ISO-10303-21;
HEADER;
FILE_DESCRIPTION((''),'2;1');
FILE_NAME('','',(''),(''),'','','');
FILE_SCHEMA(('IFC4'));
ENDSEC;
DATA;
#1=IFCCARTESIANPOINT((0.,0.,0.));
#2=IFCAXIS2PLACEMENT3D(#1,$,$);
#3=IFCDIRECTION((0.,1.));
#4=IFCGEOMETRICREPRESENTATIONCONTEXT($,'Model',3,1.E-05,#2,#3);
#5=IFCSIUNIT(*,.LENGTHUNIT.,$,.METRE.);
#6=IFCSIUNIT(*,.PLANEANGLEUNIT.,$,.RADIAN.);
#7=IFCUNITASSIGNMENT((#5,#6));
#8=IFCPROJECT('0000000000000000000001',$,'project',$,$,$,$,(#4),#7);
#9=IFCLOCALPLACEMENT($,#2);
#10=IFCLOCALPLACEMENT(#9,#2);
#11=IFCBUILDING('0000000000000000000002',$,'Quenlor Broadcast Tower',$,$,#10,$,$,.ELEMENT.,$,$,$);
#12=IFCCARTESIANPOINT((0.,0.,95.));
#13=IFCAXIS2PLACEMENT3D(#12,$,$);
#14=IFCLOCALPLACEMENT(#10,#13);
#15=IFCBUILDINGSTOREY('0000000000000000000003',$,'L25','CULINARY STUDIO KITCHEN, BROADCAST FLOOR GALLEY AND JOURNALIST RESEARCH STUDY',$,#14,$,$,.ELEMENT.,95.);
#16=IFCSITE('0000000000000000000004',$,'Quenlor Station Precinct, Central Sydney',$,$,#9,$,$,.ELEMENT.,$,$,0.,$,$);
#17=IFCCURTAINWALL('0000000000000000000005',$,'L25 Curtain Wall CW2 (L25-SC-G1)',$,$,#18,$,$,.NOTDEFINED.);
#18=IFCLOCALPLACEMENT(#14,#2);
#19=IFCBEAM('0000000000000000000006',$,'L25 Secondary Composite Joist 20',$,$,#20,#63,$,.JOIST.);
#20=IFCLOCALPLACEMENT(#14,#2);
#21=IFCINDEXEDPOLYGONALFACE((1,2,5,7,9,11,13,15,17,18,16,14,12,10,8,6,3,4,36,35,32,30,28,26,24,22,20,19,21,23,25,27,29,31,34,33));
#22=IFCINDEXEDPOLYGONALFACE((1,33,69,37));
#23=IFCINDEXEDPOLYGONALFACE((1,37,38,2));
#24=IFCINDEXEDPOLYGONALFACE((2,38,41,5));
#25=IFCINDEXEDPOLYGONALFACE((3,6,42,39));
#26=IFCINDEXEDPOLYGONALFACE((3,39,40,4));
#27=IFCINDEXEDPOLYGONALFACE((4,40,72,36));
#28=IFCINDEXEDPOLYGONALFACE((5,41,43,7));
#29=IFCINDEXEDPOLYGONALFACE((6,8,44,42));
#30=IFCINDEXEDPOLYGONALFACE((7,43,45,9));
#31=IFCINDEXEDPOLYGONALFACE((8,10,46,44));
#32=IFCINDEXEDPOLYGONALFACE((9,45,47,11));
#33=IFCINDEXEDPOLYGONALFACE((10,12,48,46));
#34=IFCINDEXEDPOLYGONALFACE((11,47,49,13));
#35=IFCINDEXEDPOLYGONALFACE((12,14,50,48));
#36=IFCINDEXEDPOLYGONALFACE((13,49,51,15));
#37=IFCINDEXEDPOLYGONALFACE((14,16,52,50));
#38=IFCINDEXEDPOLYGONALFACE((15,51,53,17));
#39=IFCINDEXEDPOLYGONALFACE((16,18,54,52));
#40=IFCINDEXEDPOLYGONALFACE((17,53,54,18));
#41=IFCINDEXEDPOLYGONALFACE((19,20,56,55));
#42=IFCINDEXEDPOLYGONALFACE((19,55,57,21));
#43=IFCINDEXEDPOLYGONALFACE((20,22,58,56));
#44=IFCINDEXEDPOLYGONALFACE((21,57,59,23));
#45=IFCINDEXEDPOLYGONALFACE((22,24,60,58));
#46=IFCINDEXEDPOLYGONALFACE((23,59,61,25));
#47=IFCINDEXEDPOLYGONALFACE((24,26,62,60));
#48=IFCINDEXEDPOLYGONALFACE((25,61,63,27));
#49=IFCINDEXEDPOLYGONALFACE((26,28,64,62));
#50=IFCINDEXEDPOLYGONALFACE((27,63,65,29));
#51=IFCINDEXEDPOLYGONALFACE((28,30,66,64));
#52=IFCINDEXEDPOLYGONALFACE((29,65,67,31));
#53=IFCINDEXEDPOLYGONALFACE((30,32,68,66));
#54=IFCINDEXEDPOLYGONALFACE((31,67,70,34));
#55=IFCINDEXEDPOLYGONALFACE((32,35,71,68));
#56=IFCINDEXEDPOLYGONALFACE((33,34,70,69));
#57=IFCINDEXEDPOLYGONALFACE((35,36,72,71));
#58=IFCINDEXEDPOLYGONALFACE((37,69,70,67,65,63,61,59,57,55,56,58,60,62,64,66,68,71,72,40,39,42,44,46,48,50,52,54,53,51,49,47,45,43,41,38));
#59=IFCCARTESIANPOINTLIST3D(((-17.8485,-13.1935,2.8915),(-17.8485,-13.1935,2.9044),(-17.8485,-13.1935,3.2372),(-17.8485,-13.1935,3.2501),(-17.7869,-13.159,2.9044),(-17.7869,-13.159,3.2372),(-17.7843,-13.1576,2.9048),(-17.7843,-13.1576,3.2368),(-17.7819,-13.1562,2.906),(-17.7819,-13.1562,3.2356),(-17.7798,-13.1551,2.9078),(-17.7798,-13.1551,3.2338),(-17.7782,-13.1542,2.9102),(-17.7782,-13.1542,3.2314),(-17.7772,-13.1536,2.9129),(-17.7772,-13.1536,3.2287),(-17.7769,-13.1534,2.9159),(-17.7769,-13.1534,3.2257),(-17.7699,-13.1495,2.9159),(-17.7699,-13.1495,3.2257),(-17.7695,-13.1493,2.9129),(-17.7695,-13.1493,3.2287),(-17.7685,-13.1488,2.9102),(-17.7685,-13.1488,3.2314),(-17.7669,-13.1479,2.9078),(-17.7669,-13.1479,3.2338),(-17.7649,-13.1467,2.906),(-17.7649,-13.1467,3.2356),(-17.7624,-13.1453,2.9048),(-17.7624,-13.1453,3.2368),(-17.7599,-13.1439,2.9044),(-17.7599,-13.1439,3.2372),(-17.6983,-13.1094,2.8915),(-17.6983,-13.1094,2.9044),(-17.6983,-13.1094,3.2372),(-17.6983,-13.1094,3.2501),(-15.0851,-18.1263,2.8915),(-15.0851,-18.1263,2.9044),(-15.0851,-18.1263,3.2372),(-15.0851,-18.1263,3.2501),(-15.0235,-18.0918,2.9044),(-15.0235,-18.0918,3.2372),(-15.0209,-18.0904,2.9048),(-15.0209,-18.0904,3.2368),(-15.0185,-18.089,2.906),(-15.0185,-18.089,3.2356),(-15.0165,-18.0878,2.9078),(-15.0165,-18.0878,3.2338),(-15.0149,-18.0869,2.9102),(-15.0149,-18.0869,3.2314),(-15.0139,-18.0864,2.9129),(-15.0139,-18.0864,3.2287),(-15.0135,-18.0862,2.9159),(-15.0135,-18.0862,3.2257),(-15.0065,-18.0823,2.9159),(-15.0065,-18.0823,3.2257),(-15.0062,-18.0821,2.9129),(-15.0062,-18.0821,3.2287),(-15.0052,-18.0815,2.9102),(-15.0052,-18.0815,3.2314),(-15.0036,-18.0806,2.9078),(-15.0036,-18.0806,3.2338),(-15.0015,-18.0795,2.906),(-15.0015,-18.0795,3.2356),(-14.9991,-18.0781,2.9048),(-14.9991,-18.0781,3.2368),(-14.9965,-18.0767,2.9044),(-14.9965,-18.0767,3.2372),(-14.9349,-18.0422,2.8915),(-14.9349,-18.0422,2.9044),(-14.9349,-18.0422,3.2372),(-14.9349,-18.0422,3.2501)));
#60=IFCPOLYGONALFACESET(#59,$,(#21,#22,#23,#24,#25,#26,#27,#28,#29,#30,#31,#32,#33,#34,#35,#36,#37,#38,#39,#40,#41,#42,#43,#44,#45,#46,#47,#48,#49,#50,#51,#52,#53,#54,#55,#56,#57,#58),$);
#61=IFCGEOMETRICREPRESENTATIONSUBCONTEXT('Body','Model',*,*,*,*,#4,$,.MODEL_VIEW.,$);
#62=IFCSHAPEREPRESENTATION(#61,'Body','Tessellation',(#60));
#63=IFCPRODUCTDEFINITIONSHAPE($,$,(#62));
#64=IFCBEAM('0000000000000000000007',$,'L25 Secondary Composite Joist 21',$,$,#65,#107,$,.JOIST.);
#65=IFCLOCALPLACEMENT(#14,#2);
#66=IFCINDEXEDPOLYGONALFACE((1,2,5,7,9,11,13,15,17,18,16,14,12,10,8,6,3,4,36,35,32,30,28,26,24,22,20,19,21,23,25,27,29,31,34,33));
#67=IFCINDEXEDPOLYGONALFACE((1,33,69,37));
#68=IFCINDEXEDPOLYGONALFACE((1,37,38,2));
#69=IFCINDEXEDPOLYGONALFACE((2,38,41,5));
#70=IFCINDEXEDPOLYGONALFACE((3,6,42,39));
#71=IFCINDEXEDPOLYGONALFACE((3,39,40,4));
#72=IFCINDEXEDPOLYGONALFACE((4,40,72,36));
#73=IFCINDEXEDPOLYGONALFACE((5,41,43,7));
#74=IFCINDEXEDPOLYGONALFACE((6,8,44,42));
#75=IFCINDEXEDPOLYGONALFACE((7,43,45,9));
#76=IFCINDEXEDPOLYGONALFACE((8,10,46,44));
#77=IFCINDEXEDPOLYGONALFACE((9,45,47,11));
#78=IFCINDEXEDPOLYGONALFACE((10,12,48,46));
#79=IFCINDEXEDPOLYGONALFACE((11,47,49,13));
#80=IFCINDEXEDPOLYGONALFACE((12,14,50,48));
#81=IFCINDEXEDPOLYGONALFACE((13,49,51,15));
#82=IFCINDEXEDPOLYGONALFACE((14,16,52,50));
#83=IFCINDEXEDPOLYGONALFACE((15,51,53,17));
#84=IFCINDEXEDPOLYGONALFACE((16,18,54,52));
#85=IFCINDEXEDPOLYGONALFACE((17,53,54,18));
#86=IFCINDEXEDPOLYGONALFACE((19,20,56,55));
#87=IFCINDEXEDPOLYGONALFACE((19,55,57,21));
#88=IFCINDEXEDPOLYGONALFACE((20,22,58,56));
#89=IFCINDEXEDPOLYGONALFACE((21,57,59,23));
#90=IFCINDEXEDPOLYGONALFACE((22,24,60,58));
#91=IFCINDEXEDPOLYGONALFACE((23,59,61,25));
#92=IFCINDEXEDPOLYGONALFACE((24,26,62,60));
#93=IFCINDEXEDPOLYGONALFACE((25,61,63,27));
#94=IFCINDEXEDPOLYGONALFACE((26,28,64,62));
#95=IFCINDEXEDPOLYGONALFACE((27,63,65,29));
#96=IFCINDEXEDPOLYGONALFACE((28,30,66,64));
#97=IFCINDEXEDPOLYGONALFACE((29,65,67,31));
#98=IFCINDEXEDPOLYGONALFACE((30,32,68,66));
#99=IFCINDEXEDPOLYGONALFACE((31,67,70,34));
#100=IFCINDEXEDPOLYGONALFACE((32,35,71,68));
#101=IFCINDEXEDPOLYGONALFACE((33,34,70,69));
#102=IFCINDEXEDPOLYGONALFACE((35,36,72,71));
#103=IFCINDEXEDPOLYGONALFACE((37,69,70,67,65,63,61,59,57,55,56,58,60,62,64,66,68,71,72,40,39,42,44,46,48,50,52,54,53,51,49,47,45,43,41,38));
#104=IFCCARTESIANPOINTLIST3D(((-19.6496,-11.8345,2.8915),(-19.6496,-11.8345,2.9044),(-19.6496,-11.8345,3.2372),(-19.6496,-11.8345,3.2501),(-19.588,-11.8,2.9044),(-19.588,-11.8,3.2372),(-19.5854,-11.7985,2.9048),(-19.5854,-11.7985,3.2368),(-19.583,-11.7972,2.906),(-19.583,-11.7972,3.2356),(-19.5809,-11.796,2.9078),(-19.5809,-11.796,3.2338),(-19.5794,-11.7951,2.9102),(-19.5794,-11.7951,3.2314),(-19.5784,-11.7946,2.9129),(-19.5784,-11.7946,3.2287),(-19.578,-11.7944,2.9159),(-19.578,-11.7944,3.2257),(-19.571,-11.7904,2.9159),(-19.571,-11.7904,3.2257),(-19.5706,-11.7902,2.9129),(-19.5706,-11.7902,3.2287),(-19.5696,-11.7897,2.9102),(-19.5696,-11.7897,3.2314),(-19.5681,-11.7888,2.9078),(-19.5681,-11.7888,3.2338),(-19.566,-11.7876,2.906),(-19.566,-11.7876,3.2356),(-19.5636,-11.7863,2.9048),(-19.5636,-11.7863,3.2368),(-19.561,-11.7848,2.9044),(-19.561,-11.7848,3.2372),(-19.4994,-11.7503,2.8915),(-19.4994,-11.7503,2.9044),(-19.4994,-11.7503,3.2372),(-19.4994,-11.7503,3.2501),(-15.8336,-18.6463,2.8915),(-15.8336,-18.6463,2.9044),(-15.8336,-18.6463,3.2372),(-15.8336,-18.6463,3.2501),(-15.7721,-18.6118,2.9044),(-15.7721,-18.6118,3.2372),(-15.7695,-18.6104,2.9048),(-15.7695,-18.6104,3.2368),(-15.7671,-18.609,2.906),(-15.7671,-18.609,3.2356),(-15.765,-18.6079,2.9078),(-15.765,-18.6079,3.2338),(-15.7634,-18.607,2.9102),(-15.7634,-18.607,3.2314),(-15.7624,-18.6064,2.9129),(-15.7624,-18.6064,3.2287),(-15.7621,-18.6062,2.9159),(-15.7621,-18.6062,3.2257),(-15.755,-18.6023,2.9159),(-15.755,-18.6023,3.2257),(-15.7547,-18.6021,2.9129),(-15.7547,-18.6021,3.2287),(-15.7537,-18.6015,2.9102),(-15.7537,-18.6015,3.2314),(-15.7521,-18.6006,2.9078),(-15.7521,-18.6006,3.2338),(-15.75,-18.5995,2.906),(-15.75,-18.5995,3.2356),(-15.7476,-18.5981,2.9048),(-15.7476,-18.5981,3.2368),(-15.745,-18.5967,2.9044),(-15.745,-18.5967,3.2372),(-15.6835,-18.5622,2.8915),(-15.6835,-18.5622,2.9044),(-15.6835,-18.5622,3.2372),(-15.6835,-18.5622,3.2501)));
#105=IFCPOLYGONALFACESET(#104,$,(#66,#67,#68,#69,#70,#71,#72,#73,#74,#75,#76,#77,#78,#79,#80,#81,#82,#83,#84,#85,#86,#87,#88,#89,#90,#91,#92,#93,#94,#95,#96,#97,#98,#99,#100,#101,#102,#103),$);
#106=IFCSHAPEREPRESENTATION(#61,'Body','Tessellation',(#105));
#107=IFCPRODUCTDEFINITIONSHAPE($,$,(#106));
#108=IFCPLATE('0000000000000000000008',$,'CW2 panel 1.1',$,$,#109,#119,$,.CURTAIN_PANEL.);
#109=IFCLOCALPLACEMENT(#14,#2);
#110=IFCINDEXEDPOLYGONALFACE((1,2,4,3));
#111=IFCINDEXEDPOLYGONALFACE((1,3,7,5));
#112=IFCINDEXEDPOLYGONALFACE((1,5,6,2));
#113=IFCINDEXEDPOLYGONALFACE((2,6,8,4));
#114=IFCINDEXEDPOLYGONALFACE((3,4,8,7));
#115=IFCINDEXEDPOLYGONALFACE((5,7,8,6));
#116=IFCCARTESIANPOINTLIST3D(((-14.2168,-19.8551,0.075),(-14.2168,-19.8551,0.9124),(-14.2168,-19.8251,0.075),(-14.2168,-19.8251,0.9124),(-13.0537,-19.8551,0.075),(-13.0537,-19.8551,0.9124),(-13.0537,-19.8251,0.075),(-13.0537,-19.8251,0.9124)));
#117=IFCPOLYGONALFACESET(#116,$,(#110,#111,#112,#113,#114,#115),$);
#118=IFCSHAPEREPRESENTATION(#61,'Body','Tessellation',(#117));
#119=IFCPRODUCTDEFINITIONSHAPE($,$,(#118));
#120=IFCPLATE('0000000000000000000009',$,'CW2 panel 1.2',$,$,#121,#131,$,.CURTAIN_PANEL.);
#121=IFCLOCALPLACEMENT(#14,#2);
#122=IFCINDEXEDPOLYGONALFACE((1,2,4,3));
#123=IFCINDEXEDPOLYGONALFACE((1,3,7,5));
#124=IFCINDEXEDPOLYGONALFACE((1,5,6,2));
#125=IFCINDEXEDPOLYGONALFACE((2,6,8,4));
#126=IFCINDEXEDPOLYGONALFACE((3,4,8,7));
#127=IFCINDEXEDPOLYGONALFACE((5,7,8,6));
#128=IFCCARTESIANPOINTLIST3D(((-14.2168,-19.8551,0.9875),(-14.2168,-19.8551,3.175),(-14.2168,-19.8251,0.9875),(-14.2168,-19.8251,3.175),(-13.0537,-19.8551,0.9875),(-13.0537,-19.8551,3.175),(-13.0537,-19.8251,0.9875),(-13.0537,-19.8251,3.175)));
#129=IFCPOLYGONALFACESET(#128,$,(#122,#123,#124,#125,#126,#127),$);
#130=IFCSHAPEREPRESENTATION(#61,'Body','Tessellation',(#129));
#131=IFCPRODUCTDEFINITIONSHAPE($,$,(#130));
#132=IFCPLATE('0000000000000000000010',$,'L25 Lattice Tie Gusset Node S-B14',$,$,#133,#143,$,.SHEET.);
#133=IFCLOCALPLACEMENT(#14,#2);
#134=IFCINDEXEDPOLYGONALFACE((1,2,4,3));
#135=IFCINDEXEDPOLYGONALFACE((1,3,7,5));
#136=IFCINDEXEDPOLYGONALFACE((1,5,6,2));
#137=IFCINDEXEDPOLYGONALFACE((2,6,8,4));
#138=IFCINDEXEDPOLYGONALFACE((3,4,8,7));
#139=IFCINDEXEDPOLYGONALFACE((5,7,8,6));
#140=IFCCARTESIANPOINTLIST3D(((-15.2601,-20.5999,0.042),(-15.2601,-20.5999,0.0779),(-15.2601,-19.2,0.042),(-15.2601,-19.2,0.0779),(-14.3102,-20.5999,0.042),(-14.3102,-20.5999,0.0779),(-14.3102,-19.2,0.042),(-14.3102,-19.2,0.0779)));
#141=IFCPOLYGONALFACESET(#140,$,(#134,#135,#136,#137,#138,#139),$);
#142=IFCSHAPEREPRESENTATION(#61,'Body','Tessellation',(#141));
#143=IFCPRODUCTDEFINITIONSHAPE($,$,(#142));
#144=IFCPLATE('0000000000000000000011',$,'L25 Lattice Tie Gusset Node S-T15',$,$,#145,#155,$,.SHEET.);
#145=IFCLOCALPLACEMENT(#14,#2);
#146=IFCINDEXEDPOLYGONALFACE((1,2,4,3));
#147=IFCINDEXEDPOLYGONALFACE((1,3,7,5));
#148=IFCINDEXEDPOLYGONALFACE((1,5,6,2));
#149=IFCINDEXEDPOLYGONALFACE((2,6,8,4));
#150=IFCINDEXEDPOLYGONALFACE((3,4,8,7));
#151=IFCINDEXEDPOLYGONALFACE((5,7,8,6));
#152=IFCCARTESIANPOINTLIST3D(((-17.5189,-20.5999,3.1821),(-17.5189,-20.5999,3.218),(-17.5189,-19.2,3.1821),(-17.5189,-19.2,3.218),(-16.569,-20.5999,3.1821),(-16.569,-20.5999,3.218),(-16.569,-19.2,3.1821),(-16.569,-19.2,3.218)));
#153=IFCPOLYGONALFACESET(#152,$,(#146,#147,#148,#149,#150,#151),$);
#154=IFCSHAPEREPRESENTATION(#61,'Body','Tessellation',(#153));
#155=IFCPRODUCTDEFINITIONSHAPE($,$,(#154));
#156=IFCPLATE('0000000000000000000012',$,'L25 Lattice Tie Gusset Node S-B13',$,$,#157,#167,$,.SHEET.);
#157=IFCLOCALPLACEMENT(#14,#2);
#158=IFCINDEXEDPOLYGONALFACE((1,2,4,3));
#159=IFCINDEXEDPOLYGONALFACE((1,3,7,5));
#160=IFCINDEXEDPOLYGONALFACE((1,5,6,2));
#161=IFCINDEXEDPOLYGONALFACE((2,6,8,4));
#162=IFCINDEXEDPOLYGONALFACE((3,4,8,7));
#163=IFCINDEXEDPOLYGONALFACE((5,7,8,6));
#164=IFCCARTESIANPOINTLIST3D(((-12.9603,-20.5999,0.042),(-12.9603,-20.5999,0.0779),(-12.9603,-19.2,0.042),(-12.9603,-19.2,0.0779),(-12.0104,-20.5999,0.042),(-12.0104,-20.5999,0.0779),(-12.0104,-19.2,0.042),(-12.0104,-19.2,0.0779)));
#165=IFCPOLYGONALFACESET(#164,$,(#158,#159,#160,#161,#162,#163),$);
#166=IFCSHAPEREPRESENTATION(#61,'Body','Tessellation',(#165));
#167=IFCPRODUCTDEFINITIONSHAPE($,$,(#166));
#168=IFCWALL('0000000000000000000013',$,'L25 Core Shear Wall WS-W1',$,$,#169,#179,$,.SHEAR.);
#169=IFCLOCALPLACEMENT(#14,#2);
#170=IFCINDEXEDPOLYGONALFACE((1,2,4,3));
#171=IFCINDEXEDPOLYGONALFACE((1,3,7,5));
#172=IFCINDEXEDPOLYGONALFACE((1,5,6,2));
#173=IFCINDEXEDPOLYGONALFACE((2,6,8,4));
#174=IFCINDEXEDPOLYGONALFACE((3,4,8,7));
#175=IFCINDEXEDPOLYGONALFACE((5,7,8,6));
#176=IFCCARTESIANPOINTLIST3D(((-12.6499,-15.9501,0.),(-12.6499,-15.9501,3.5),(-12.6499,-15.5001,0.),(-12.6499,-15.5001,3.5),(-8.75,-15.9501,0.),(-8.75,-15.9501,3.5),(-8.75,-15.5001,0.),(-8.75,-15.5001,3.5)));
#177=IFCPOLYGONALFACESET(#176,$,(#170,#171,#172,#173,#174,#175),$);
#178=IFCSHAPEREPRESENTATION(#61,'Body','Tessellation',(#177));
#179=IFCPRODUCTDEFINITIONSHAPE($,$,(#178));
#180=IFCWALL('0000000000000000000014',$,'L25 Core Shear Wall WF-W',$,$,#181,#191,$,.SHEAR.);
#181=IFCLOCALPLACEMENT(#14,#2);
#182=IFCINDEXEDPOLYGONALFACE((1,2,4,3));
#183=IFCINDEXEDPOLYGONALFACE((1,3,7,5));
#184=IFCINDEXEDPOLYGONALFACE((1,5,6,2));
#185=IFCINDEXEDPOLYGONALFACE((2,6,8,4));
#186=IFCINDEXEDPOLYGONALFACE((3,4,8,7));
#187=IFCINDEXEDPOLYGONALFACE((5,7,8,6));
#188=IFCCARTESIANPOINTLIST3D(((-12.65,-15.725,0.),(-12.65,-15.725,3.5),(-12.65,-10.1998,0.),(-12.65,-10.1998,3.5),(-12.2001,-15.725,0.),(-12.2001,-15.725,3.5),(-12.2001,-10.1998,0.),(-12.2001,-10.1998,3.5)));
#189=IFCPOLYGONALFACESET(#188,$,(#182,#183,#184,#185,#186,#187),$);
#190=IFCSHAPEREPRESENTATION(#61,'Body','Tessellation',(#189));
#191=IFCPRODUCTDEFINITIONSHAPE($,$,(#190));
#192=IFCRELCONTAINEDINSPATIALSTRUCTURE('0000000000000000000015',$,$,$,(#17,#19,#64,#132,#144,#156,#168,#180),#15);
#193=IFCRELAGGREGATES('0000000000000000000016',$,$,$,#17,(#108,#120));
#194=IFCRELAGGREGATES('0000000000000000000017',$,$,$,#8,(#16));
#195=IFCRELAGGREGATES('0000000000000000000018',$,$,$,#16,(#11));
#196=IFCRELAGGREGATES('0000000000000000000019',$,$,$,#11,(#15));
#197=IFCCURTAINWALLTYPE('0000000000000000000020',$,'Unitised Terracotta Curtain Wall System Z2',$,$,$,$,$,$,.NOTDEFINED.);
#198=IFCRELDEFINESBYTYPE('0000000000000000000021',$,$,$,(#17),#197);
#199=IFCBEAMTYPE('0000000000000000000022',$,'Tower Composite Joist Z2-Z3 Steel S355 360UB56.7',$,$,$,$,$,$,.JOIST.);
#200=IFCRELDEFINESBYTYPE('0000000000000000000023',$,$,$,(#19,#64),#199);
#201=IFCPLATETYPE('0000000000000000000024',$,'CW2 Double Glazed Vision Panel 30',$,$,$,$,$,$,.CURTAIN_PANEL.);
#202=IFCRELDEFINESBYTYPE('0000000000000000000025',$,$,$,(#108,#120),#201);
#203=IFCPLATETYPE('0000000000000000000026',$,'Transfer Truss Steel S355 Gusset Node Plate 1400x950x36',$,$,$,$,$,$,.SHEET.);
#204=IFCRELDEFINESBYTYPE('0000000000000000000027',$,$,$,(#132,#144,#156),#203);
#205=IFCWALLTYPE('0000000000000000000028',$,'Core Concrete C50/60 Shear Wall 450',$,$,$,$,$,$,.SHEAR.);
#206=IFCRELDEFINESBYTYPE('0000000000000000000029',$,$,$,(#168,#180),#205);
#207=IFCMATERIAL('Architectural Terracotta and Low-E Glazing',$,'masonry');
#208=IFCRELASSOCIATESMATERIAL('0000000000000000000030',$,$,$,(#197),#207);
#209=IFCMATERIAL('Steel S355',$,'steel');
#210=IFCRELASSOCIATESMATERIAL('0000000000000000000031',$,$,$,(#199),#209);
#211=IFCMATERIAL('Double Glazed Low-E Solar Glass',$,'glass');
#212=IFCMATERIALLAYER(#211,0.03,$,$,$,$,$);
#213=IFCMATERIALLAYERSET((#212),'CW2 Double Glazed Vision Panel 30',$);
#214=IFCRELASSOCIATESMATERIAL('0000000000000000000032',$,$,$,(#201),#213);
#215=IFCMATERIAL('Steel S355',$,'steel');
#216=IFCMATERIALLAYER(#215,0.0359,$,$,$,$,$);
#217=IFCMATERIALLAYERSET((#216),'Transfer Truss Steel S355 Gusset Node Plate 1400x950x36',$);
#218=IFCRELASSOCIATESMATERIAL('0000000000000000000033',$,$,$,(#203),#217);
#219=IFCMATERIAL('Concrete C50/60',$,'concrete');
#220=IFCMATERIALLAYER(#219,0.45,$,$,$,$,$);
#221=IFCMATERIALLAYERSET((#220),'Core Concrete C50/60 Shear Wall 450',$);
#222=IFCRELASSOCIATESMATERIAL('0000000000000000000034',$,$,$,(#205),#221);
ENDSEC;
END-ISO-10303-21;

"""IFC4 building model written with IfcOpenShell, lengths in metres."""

from ifc_helpers import new_model, si_unit, direction, frame, frame_2d, origin, origin_2d, place, context, subcontext, project, spatial, rectangle, i_section, extrude, material, layer, layer_set, material_profile, profile_set, type_object, element, aggregate, save


model = new_model("IFC4")

# Units and contexts
model_context = context("Model", 3, precision=1e-05, world=origin(), true_north=direction((0.0, 1.0)))
body_context = subcontext(model_context, "Body", "Model", "MODEL_VIEW")
ifc_project = project(units=[si_unit("LENGTHUNIT", "METRE"), si_unit("PLANEANGLEUNIT", "RADIAN")], contexts=[model_context])

# Site, building, storey
site_placement = place(None, origin())
site = spatial("IfcSite", under=ifc_project, at=site_placement, Name="Quenlor Station Precinct, Central Sydney", CompositionType="ELEMENT", RefElevation=0.0)
building_placement = place(site_placement, origin())
building = spatial("IfcBuilding", under=site, at=building_placement, Name="Quenlor Broadcast Tower", CompositionType="ELEMENT")
storey_placement = place(building_placement, frame((0.0, 0.0, 95.0)))
storey = spatial("IfcBuildingStorey", under=building, at=storey_placement, Name="L25", Description="CULINARY STUDIO KITCHEN, BROADCAST FLOOR GALLEY AND JOURNALIST RESEARCH STUDY", CompositionType="ELEMENT", Elevation=95.0)

# Curtain wall
ifc_material_1 = material(Name="Architectural Terracotta and Low-E Glazing", Category="masonry")
curtain_wall_type = type_object("IfcCurtainWallType", Name="Unitised Terracotta Curtain Wall System Z2", PredefinedType="NOTDEFINED", material=ifc_material_1)
curtain_wall_placement = place(storey_placement, origin())
curtain_wall = element("IfcCurtainWall", 1, at=curtain_wall_placement, inside=storey, type_object=curtain_wall_type, Name="L25 Curtain Wall CW2 (L25-SC-G1)", PredefinedType="NOTDEFINED")

# Beams
ifc_material_2 = material(Name="Steel S355", Category="steel")
ifc_material_profile_1 = material_profile(ifc_material_2, i_section(OverallWidth=0.1721, OverallDepth=0.3586, WebThickness=0.0081, FlangeThickness=0.0129, FilletRadius=0.0115, at=origin_2d()))
ifc_profile_set_1 = profile_set([ifc_material_profile_1], Name="Steel S355 360UB56.7")
beam_type_1 = type_object("IfcBeamType", Name="Tower Composite Joist Z2-Z3 Steel S355 360UB56.7", PredefinedType="JOIST", material=ifc_profile_set_1)
beam_1_placement = place(storey_placement, frame((-15.01, -18.0842, 3.0708), z_axis=(-0.488741, 0.872429, 0.0), x_axis=(-0.872429, -0.488741, 0.0)))
element("IfcBeam", 2, at=beam_1_placement, inside=storey, type_object=beam_type_1, Name="L25 Secondary Composite Joist 20", PredefinedType="JOIST", context=body_context, shape_type="SweptSolid", body=[
    extrude(i_section(OverallWidth=0.1721, OverallDepth=0.3586, WebThickness=0.0081, FlangeThickness=0.0129, FilletRadius=0.0115, at=origin_2d()), origin(), (0.0, 0.0, 1.0), 5.6541),
])
beam_2_placement = place(storey_placement, frame((-15.7585, -18.6042, 3.0708), z_axis=(-0.488733, 0.872433, 0.0), x_axis=(-0.872433, -0.488733, 0.0)))
element("IfcBeam", 3, at=beam_2_placement, inside=storey, type_object=beam_type_1, Name="L25 Secondary Composite Joist 21", PredefinedType="JOIST", context=body_context, shape_type="SweptSolid", body=[
    extrude(i_section(OverallWidth=0.1721, OverallDepth=0.3586, WebThickness=0.0081, FlangeThickness=0.0129, FilletRadius=0.0115, at=origin_2d()), origin(), (0.0, 0.0, 1.0), 7.8079),
])

# Plates
ifc_material_3 = material(Name="Double Glazed Low-E Solar Glass", Category="glass")
ifc_layer_1 = layer(ifc_material_3, 0.03)
ifc_layer_set_1 = layer_set([ifc_layer_1], Name="CW2 Double Glazed Vision Panel 30")
plate_type_1 = type_object("IfcPlateType", Name="CW2 Double Glazed Vision Panel 30", PredefinedType="CURTAIN_PANEL", material=ifc_layer_set_1)
plate_1_placement = place(storey_placement, frame((-13.6353, -19.8401, 0.075), z_axis=(0.0, 0.0, 1.0), x_axis=(-1.0, 0.0, 0.0)))
plate_1 = element("IfcPlate", 4, at=plate_1_placement, type_object=plate_type_1, Name="CW2 panel 1.1", PredefinedType="CURTAIN_PANEL", context=body_context, shape_type="SweptSolid", body=[
    extrude(rectangle(XDim=1.1631, YDim=0.03, at=origin_2d()), origin(), (0.0, 0.0, 1.0), 0.8374),
])
plate_2_placement = place(storey_placement, frame((-13.6353, -19.8401, 0.9875), z_axis=(0.0, 0.0, 1.0), x_axis=(-1.0, 0.0, 0.0)))
plate_2 = element("IfcPlate", 5, at=plate_2_placement, type_object=plate_type_1, Name="CW2 panel 1.2", PredefinedType="CURTAIN_PANEL", context=body_context, shape_type="SweptSolid", body=[
    extrude(rectangle(XDim=1.1631, YDim=0.03, at=origin_2d()), origin(), (0.0, 0.0, 1.0), 2.1875),
])
aggregate(curtain_wall, [plate_1, plate_2])

# Plates
ifc_material_4 = material(Name="Steel S355", Category="steel")
ifc_layer_2 = layer(ifc_material_4, 0.0359)
ifc_layer_set_2 = layer_set([ifc_layer_2], Name="Transfer Truss Steel S355 Gusset Node Plate 1400x950x36")
plate_type_2 = type_object("IfcPlateType", Name="Transfer Truss Steel S355 Gusset Node Plate 1400x950x36", PredefinedType="SHEET", material=ifc_layer_set_2)
for number, where, z_axis, x_axis, name in (
    (6, (-14.7852, -19.8999, 0.042), (0.0, 0.0, 1.0), (0.0, -1.0, 0.0), "L25 Lattice Tie Gusset Node S-B14"),
    (7, (-17.0439, -19.8999, 3.1821), (0.0, 0.0, 1.0), (0.0, -1.0, 0.0), "L25 Lattice Tie Gusset Node S-T15"),
    (8, (-12.4854, -19.8999, 0.042), (0.0, 0.0, 1.0), (0.0, -1.0, 0.0), "L25 Lattice Tie Gusset Node S-B13"),
):
    element("IfcPlate", number, at=place(storey_placement, frame(where, z_axis=z_axis, x_axis=x_axis)), inside=storey, type_object=plate_type_2, Name=name, PredefinedType="SHEET", context=body_context, shape_type="SweptSolid", body=[
        extrude(rectangle(XDim=1.3999, YDim=0.95, at=origin_2d()), origin(), (0.0, 0.0, 1.0), 0.0359),
    ])

# Walls
ifc_material_5 = material(Name="Concrete C50/60", Category="concrete")
ifc_layer_3 = layer(ifc_material_5, 0.45)
ifc_layer_set_3 = layer_set([ifc_layer_3], Name="Core Concrete C50/60 Shear Wall 450")
wall_type_1 = type_object("IfcWallType", Name="Core Concrete C50/60 Shear Wall 450", PredefinedType="SHEAR", material=ifc_layer_set_3)
wall_1_placement = place(storey_placement, frame((-12.6499, -15.7251, 0.0), z_axis=(0.0, 0.0, 1.0), x_axis=(1.0, 0.0, 0.0)))
element("IfcWall", 9, at=wall_1_placement, inside=storey, type_object=wall_type_1, Name="L25 Core Shear Wall WS-W1", PredefinedType="SHEAR", context=body_context, shape_type="SweptSolid", body=[
    extrude(rectangle(XDim=3.8999, YDim=0.45, at=frame_2d((1.95, 0.0))), origin(), (0.0, 0.0, 1.0), 3.5),
])
wall_2_placement = place(storey_placement, frame((-12.425, -15.7251, 0.0), z_axis=(0.0, 0.0, 1.0), x_axis=(0.0, 1.0, 0.0)))
element("IfcWall", 10, at=wall_2_placement, inside=storey, type_object=wall_type_1, Name="L25 Core Shear Wall WF-W", PredefinedType="SHEAR", context=body_context, shape_type="SweptSolid", body=[
    extrude(rectangle(XDim=5.5251, YDim=0.45, at=frame_2d((2.7627, 0.0))), origin(), (0.0, 0.0, 1.0), 3.5),
])

save(model, "model.ifc")
